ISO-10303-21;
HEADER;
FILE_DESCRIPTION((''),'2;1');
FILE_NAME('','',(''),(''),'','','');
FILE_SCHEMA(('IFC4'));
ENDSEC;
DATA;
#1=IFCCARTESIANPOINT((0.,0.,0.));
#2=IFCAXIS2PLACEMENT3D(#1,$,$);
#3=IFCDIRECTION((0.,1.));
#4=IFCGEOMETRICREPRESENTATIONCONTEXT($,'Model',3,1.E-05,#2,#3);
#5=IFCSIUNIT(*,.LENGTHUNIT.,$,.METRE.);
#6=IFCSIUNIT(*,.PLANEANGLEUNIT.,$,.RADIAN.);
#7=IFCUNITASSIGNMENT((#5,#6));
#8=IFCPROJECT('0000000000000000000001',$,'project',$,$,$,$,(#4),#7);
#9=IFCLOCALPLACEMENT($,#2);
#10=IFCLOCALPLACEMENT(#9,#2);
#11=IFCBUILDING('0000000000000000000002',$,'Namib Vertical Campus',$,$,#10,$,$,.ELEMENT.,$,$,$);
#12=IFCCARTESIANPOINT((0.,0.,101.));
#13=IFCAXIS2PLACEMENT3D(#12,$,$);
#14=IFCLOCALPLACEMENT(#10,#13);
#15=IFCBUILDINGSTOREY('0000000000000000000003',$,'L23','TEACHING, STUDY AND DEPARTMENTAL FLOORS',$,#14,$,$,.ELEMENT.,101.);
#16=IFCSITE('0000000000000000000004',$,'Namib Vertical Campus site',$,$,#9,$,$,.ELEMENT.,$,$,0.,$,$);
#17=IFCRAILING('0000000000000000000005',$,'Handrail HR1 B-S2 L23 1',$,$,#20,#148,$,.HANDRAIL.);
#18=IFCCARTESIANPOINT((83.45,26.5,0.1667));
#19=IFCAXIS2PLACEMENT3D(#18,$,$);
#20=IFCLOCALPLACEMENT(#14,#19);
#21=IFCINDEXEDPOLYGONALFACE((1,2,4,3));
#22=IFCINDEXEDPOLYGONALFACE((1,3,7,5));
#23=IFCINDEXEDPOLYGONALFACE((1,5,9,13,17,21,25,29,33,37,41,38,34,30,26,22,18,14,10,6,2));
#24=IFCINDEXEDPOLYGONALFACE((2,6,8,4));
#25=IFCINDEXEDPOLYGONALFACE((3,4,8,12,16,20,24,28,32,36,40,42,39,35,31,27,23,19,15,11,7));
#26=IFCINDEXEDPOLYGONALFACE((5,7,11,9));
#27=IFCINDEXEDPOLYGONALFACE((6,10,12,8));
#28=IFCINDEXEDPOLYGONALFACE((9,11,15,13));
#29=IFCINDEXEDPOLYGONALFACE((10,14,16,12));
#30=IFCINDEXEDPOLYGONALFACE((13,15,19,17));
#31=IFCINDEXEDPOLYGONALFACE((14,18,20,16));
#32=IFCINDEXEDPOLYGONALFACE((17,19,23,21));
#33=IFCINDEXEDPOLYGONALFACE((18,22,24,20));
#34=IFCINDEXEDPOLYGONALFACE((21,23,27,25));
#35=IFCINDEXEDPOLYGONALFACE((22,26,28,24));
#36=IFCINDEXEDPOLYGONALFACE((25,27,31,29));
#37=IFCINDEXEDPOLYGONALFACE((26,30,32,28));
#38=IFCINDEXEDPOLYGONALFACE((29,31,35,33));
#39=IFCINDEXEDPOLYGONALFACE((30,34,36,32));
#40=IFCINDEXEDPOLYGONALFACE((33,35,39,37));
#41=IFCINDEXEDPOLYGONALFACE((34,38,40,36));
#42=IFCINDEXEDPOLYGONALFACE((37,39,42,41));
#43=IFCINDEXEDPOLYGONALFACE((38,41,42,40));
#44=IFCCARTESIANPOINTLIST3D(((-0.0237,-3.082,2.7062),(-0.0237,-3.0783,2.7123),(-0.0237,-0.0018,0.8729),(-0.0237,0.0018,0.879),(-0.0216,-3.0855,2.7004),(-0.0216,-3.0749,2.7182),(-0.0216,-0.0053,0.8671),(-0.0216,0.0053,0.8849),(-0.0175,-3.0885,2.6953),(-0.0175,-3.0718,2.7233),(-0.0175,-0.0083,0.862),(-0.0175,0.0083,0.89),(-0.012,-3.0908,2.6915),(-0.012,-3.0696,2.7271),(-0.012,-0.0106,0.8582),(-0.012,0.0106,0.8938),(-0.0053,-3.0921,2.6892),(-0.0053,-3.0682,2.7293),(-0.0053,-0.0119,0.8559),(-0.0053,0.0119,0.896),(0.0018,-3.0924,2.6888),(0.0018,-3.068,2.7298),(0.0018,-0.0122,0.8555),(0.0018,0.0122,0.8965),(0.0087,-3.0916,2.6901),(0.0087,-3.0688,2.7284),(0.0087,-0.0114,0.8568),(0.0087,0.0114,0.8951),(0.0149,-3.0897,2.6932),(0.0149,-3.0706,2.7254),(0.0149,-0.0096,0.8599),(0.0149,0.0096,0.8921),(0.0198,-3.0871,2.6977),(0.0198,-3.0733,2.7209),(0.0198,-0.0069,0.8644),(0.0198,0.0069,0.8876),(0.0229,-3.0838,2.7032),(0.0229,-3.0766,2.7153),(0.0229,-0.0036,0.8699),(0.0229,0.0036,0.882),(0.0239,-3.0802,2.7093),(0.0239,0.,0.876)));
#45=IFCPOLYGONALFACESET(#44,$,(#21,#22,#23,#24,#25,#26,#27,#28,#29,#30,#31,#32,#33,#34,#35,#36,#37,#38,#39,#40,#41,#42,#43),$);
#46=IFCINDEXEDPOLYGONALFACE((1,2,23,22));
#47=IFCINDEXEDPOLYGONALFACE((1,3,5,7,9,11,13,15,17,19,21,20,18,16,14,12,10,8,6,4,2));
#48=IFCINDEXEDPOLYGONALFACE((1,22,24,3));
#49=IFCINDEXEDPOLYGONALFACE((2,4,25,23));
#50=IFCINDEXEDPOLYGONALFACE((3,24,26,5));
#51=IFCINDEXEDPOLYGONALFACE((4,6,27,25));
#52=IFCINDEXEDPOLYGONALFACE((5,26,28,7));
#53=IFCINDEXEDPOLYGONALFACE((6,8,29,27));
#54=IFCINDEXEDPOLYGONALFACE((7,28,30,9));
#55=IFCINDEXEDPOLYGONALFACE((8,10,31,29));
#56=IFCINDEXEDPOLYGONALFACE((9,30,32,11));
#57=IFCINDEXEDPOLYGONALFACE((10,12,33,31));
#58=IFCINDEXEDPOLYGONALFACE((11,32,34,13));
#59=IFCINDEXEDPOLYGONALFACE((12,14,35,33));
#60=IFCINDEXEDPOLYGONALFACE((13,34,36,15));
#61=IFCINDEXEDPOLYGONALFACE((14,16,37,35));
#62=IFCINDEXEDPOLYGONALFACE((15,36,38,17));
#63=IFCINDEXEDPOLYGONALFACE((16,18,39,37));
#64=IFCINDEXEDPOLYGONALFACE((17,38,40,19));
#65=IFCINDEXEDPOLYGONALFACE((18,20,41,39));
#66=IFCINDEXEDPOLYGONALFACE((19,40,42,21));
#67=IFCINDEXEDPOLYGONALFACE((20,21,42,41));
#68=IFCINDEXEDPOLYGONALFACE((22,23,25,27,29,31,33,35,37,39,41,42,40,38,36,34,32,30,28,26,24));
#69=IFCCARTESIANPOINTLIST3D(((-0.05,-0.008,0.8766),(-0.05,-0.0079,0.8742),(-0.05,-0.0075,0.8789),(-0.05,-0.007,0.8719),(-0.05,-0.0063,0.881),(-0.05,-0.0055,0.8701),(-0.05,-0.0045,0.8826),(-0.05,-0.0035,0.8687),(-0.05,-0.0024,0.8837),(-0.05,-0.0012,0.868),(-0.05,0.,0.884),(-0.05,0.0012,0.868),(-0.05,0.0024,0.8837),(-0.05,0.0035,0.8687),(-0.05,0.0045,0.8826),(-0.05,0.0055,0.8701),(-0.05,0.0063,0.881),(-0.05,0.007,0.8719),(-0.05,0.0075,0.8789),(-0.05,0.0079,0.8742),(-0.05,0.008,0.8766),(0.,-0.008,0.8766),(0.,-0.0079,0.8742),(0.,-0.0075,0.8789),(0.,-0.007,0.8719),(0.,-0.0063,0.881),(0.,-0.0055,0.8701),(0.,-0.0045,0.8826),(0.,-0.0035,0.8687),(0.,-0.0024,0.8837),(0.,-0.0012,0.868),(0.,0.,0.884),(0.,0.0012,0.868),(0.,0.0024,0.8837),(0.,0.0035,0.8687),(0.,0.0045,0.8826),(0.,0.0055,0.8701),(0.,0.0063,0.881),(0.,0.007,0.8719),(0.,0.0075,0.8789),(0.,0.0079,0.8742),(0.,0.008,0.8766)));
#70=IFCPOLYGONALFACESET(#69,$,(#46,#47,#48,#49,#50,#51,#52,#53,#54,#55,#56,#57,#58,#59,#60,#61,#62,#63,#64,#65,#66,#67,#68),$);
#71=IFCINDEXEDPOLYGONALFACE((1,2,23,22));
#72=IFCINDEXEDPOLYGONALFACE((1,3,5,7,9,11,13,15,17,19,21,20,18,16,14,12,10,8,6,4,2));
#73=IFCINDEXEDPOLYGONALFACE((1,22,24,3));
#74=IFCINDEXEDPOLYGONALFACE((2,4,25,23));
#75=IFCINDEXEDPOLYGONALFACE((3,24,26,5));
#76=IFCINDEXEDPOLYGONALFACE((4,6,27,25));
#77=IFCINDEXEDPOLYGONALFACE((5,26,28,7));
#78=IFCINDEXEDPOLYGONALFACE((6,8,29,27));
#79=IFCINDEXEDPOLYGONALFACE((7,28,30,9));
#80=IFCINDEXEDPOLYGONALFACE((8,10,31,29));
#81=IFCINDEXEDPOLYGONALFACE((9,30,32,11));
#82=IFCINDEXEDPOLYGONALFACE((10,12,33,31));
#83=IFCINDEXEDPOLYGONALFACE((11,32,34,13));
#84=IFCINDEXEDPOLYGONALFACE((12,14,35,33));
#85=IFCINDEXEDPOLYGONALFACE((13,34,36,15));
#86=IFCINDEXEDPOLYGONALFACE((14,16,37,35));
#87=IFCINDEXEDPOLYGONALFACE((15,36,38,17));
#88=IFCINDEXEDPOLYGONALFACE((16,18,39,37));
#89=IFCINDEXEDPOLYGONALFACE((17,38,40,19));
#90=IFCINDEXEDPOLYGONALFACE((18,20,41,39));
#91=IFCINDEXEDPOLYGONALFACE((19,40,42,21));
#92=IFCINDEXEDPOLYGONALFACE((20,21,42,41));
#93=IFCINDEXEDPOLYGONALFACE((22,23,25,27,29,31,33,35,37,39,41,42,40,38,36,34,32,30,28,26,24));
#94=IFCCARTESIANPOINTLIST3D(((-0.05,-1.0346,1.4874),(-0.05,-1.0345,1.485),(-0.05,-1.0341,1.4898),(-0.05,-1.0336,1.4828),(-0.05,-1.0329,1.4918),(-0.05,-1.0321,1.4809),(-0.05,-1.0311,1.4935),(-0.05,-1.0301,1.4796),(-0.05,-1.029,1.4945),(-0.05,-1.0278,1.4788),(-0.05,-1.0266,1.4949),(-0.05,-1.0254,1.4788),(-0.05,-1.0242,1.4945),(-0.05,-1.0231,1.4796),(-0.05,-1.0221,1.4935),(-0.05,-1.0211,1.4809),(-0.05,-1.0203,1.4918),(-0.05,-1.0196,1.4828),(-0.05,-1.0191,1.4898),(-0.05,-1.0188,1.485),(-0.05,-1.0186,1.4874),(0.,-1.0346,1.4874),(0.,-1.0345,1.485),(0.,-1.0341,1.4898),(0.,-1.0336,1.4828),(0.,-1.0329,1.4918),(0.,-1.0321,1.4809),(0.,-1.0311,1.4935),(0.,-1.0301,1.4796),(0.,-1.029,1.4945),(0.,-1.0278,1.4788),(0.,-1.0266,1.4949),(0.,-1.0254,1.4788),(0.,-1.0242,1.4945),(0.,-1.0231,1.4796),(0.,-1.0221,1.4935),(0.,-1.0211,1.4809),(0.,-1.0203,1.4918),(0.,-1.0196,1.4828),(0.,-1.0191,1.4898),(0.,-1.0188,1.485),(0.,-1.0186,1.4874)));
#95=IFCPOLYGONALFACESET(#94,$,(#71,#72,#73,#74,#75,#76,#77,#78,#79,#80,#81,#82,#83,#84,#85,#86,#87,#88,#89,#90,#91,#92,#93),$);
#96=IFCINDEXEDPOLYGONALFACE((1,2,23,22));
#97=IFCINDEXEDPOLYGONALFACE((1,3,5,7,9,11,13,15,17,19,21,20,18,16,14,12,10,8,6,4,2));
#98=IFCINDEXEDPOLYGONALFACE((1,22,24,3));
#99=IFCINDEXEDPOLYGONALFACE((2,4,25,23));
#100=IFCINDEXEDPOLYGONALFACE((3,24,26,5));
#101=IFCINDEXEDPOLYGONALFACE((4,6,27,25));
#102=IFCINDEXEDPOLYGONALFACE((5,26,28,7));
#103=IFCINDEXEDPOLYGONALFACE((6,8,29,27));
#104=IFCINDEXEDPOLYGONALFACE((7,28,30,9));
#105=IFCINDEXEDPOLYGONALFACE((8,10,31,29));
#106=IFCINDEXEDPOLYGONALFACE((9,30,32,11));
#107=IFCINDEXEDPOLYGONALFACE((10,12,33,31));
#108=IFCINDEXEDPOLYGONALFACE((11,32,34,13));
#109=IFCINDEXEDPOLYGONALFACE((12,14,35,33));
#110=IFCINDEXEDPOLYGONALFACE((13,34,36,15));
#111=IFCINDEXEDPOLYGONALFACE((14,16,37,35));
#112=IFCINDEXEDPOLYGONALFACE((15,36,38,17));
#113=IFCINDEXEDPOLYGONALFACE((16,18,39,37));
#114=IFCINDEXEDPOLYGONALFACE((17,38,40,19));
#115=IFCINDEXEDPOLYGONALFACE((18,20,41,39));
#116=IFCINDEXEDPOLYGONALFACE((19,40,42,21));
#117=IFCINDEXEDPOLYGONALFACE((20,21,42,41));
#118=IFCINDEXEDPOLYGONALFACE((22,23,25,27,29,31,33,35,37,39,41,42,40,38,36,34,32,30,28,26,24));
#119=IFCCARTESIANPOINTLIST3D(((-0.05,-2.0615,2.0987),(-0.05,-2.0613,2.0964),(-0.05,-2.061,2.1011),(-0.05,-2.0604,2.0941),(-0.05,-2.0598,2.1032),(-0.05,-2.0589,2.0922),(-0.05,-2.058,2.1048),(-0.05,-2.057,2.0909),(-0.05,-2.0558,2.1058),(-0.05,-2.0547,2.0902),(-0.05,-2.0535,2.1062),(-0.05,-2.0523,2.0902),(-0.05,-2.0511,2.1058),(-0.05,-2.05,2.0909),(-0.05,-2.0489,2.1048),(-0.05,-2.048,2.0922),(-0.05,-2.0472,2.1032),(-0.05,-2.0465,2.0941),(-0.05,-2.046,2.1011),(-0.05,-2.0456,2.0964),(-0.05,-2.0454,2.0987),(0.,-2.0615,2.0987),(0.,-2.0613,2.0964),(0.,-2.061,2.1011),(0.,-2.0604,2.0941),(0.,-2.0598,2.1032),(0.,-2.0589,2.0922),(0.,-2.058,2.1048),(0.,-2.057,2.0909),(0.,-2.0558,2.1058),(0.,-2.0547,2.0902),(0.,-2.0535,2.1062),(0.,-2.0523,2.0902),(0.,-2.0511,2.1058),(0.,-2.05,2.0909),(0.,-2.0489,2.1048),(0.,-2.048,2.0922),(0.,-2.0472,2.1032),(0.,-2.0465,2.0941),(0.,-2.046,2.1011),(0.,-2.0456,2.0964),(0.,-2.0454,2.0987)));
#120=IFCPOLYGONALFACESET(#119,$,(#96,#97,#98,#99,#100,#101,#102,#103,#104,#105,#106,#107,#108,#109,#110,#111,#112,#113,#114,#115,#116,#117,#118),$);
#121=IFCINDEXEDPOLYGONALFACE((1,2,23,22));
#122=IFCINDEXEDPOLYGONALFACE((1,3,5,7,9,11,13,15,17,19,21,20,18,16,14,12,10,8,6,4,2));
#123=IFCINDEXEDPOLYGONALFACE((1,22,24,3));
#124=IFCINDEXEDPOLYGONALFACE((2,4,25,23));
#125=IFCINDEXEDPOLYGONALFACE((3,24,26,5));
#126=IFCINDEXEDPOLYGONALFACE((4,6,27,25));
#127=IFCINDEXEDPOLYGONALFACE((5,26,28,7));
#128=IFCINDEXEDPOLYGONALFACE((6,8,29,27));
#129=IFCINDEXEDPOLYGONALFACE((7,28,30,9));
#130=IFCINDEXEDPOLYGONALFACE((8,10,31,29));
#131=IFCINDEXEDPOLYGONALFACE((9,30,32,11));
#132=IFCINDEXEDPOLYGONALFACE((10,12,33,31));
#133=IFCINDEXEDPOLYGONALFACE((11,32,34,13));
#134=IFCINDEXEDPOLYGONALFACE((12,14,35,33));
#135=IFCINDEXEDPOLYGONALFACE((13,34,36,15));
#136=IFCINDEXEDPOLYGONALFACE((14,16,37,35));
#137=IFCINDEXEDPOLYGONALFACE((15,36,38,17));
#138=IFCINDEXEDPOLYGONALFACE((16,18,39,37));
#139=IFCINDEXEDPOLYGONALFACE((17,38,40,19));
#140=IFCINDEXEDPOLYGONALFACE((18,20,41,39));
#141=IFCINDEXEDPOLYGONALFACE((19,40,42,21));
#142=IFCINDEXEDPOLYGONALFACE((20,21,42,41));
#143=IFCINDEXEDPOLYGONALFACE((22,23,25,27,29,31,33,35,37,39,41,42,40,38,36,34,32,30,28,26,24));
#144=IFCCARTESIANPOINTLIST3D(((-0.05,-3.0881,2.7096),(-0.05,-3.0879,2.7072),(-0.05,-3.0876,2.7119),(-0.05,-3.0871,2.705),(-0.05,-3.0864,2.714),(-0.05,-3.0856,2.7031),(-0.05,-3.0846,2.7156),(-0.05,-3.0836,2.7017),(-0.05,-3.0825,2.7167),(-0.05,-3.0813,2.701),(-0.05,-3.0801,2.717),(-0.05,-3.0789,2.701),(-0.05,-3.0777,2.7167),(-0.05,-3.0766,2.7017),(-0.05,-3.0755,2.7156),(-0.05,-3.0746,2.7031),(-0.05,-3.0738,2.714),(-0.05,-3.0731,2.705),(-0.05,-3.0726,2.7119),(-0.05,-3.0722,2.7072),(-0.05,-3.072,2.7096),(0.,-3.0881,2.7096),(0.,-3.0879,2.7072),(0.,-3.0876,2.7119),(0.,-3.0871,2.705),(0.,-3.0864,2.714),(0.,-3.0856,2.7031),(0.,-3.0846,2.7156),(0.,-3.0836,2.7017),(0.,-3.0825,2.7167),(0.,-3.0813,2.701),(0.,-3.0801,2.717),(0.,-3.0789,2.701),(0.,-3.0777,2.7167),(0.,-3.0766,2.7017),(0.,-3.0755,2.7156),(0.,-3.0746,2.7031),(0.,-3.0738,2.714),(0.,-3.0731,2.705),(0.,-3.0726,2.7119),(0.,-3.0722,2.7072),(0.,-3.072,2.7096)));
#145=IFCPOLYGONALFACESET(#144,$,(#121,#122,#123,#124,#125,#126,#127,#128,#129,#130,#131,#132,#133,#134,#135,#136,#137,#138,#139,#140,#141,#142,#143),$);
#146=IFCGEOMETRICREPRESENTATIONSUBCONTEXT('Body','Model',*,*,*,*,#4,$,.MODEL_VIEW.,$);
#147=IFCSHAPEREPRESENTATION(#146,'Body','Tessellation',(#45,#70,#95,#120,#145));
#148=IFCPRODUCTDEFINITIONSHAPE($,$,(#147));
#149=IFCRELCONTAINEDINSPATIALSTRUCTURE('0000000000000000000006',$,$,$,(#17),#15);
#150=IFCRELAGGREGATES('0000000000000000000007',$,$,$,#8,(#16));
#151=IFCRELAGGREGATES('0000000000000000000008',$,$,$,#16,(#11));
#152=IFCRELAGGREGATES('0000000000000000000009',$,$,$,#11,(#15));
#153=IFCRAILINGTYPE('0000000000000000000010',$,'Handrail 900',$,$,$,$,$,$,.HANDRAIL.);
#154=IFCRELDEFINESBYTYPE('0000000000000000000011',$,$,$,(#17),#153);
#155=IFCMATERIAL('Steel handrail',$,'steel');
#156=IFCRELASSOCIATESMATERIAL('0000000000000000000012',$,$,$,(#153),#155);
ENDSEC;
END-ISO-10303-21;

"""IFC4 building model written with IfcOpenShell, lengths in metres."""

from ifc_helpers import new_model, si_unit, direction, frame, origin, origin_2d, place, context, subcontext, project, spatial, circle, extrude, material, type_object, element, save


model = new_model("IFC4")

# Units and contexts
model_context = context("Model", 3, precision=1e-05, world=origin(), true_north=direction((0.0, 1.0)))
body_context = subcontext(model_context, "Body", "Model", "MODEL_VIEW")
ifc_project = project(units=[si_unit("LENGTHUNIT", "METRE"), si_unit("PLANEANGLEUNIT", "RADIAN")], contexts=[model_context])

# Site, building, storey
site_placement = place(None, origin())
site = spatial("IfcSite", under=ifc_project, at=site_placement, Name="Namib Vertical Campus site", CompositionType="ELEMENT", RefElevation=0.0)
building_placement = place(site_placement, origin())
building = spatial("IfcBuilding", under=site, at=building_placement, Name="Namib Vertical Campus", CompositionType="ELEMENT")
storey_placement = place(building_placement, frame((0.0, 0.0, 101.0)))
storey = spatial("IfcBuildingStorey", under=building, at=storey_placement, Name="L23", Description="TEACHING, STUDY AND DEPARTMENTAL FLOORS", CompositionType="ELEMENT", Elevation=101.0)

# Railing
ifc_material_1 = material(Name="Steel handrail", Category="steel")
railing_type_1 = type_object("IfcRailingType", Name="Handrail 900", PredefinedType="HANDRAIL", material=ifc_material_1)
railing_1_placement = place(storey_placement, frame((83.45, 26.5, 0.1667)))
element("IfcRailing", 1, at=railing_1_placement, inside=storey, type_object=railing_type_1, Name="Handrail HR1 B-S2 L23 1", PredefinedType="HANDRAIL", context=body_context, shape_type="SweptSolid", body=[
    extrude(circle(Radius=0.0239, at=origin_2d()), frame((0.0, 0.0, 0.876), z_axis=(0.0, -0.859309, 0.511458), x_axis=(1.0, 0.0, 0.0)), (0.0, 0.0, 1.0), 3.5845),
    extrude(circle(Radius=0.0081, at=origin_2d()), frame((0.0, 0.0, 0.876), z_axis=(-1.0, 0.0, 0.0), x_axis=(0.0, 0.0, 1.0)), (0.0, 0.0, 1.0), 0.05),
    extrude(circle(Radius=0.0081, at=origin_2d()), frame((0.0, -1.0266, 1.4868), z_axis=(-1.0, 0.0, 0.0), x_axis=(0.0, 0.0, 1.0)), (0.0, 0.0, 1.0), 0.05),
    extrude(circle(Radius=0.0081, at=origin_2d()), frame((0.0, -2.0535, 2.0981), z_axis=(-1.0, 0.0, 0.0), x_axis=(0.0, 0.0, 1.0)), (0.0, 0.0, 1.0), 0.05),
    extrude(circle(Radius=0.0081, at=origin_2d()), frame((0.0, -3.0801, 2.709), z_axis=(-1.0, 0.0, 0.0), x_axis=(0.0, 0.0, 1.0)), (0.0, 0.0, 1.0), 0.05),
])

save(model, "model.ifc")
